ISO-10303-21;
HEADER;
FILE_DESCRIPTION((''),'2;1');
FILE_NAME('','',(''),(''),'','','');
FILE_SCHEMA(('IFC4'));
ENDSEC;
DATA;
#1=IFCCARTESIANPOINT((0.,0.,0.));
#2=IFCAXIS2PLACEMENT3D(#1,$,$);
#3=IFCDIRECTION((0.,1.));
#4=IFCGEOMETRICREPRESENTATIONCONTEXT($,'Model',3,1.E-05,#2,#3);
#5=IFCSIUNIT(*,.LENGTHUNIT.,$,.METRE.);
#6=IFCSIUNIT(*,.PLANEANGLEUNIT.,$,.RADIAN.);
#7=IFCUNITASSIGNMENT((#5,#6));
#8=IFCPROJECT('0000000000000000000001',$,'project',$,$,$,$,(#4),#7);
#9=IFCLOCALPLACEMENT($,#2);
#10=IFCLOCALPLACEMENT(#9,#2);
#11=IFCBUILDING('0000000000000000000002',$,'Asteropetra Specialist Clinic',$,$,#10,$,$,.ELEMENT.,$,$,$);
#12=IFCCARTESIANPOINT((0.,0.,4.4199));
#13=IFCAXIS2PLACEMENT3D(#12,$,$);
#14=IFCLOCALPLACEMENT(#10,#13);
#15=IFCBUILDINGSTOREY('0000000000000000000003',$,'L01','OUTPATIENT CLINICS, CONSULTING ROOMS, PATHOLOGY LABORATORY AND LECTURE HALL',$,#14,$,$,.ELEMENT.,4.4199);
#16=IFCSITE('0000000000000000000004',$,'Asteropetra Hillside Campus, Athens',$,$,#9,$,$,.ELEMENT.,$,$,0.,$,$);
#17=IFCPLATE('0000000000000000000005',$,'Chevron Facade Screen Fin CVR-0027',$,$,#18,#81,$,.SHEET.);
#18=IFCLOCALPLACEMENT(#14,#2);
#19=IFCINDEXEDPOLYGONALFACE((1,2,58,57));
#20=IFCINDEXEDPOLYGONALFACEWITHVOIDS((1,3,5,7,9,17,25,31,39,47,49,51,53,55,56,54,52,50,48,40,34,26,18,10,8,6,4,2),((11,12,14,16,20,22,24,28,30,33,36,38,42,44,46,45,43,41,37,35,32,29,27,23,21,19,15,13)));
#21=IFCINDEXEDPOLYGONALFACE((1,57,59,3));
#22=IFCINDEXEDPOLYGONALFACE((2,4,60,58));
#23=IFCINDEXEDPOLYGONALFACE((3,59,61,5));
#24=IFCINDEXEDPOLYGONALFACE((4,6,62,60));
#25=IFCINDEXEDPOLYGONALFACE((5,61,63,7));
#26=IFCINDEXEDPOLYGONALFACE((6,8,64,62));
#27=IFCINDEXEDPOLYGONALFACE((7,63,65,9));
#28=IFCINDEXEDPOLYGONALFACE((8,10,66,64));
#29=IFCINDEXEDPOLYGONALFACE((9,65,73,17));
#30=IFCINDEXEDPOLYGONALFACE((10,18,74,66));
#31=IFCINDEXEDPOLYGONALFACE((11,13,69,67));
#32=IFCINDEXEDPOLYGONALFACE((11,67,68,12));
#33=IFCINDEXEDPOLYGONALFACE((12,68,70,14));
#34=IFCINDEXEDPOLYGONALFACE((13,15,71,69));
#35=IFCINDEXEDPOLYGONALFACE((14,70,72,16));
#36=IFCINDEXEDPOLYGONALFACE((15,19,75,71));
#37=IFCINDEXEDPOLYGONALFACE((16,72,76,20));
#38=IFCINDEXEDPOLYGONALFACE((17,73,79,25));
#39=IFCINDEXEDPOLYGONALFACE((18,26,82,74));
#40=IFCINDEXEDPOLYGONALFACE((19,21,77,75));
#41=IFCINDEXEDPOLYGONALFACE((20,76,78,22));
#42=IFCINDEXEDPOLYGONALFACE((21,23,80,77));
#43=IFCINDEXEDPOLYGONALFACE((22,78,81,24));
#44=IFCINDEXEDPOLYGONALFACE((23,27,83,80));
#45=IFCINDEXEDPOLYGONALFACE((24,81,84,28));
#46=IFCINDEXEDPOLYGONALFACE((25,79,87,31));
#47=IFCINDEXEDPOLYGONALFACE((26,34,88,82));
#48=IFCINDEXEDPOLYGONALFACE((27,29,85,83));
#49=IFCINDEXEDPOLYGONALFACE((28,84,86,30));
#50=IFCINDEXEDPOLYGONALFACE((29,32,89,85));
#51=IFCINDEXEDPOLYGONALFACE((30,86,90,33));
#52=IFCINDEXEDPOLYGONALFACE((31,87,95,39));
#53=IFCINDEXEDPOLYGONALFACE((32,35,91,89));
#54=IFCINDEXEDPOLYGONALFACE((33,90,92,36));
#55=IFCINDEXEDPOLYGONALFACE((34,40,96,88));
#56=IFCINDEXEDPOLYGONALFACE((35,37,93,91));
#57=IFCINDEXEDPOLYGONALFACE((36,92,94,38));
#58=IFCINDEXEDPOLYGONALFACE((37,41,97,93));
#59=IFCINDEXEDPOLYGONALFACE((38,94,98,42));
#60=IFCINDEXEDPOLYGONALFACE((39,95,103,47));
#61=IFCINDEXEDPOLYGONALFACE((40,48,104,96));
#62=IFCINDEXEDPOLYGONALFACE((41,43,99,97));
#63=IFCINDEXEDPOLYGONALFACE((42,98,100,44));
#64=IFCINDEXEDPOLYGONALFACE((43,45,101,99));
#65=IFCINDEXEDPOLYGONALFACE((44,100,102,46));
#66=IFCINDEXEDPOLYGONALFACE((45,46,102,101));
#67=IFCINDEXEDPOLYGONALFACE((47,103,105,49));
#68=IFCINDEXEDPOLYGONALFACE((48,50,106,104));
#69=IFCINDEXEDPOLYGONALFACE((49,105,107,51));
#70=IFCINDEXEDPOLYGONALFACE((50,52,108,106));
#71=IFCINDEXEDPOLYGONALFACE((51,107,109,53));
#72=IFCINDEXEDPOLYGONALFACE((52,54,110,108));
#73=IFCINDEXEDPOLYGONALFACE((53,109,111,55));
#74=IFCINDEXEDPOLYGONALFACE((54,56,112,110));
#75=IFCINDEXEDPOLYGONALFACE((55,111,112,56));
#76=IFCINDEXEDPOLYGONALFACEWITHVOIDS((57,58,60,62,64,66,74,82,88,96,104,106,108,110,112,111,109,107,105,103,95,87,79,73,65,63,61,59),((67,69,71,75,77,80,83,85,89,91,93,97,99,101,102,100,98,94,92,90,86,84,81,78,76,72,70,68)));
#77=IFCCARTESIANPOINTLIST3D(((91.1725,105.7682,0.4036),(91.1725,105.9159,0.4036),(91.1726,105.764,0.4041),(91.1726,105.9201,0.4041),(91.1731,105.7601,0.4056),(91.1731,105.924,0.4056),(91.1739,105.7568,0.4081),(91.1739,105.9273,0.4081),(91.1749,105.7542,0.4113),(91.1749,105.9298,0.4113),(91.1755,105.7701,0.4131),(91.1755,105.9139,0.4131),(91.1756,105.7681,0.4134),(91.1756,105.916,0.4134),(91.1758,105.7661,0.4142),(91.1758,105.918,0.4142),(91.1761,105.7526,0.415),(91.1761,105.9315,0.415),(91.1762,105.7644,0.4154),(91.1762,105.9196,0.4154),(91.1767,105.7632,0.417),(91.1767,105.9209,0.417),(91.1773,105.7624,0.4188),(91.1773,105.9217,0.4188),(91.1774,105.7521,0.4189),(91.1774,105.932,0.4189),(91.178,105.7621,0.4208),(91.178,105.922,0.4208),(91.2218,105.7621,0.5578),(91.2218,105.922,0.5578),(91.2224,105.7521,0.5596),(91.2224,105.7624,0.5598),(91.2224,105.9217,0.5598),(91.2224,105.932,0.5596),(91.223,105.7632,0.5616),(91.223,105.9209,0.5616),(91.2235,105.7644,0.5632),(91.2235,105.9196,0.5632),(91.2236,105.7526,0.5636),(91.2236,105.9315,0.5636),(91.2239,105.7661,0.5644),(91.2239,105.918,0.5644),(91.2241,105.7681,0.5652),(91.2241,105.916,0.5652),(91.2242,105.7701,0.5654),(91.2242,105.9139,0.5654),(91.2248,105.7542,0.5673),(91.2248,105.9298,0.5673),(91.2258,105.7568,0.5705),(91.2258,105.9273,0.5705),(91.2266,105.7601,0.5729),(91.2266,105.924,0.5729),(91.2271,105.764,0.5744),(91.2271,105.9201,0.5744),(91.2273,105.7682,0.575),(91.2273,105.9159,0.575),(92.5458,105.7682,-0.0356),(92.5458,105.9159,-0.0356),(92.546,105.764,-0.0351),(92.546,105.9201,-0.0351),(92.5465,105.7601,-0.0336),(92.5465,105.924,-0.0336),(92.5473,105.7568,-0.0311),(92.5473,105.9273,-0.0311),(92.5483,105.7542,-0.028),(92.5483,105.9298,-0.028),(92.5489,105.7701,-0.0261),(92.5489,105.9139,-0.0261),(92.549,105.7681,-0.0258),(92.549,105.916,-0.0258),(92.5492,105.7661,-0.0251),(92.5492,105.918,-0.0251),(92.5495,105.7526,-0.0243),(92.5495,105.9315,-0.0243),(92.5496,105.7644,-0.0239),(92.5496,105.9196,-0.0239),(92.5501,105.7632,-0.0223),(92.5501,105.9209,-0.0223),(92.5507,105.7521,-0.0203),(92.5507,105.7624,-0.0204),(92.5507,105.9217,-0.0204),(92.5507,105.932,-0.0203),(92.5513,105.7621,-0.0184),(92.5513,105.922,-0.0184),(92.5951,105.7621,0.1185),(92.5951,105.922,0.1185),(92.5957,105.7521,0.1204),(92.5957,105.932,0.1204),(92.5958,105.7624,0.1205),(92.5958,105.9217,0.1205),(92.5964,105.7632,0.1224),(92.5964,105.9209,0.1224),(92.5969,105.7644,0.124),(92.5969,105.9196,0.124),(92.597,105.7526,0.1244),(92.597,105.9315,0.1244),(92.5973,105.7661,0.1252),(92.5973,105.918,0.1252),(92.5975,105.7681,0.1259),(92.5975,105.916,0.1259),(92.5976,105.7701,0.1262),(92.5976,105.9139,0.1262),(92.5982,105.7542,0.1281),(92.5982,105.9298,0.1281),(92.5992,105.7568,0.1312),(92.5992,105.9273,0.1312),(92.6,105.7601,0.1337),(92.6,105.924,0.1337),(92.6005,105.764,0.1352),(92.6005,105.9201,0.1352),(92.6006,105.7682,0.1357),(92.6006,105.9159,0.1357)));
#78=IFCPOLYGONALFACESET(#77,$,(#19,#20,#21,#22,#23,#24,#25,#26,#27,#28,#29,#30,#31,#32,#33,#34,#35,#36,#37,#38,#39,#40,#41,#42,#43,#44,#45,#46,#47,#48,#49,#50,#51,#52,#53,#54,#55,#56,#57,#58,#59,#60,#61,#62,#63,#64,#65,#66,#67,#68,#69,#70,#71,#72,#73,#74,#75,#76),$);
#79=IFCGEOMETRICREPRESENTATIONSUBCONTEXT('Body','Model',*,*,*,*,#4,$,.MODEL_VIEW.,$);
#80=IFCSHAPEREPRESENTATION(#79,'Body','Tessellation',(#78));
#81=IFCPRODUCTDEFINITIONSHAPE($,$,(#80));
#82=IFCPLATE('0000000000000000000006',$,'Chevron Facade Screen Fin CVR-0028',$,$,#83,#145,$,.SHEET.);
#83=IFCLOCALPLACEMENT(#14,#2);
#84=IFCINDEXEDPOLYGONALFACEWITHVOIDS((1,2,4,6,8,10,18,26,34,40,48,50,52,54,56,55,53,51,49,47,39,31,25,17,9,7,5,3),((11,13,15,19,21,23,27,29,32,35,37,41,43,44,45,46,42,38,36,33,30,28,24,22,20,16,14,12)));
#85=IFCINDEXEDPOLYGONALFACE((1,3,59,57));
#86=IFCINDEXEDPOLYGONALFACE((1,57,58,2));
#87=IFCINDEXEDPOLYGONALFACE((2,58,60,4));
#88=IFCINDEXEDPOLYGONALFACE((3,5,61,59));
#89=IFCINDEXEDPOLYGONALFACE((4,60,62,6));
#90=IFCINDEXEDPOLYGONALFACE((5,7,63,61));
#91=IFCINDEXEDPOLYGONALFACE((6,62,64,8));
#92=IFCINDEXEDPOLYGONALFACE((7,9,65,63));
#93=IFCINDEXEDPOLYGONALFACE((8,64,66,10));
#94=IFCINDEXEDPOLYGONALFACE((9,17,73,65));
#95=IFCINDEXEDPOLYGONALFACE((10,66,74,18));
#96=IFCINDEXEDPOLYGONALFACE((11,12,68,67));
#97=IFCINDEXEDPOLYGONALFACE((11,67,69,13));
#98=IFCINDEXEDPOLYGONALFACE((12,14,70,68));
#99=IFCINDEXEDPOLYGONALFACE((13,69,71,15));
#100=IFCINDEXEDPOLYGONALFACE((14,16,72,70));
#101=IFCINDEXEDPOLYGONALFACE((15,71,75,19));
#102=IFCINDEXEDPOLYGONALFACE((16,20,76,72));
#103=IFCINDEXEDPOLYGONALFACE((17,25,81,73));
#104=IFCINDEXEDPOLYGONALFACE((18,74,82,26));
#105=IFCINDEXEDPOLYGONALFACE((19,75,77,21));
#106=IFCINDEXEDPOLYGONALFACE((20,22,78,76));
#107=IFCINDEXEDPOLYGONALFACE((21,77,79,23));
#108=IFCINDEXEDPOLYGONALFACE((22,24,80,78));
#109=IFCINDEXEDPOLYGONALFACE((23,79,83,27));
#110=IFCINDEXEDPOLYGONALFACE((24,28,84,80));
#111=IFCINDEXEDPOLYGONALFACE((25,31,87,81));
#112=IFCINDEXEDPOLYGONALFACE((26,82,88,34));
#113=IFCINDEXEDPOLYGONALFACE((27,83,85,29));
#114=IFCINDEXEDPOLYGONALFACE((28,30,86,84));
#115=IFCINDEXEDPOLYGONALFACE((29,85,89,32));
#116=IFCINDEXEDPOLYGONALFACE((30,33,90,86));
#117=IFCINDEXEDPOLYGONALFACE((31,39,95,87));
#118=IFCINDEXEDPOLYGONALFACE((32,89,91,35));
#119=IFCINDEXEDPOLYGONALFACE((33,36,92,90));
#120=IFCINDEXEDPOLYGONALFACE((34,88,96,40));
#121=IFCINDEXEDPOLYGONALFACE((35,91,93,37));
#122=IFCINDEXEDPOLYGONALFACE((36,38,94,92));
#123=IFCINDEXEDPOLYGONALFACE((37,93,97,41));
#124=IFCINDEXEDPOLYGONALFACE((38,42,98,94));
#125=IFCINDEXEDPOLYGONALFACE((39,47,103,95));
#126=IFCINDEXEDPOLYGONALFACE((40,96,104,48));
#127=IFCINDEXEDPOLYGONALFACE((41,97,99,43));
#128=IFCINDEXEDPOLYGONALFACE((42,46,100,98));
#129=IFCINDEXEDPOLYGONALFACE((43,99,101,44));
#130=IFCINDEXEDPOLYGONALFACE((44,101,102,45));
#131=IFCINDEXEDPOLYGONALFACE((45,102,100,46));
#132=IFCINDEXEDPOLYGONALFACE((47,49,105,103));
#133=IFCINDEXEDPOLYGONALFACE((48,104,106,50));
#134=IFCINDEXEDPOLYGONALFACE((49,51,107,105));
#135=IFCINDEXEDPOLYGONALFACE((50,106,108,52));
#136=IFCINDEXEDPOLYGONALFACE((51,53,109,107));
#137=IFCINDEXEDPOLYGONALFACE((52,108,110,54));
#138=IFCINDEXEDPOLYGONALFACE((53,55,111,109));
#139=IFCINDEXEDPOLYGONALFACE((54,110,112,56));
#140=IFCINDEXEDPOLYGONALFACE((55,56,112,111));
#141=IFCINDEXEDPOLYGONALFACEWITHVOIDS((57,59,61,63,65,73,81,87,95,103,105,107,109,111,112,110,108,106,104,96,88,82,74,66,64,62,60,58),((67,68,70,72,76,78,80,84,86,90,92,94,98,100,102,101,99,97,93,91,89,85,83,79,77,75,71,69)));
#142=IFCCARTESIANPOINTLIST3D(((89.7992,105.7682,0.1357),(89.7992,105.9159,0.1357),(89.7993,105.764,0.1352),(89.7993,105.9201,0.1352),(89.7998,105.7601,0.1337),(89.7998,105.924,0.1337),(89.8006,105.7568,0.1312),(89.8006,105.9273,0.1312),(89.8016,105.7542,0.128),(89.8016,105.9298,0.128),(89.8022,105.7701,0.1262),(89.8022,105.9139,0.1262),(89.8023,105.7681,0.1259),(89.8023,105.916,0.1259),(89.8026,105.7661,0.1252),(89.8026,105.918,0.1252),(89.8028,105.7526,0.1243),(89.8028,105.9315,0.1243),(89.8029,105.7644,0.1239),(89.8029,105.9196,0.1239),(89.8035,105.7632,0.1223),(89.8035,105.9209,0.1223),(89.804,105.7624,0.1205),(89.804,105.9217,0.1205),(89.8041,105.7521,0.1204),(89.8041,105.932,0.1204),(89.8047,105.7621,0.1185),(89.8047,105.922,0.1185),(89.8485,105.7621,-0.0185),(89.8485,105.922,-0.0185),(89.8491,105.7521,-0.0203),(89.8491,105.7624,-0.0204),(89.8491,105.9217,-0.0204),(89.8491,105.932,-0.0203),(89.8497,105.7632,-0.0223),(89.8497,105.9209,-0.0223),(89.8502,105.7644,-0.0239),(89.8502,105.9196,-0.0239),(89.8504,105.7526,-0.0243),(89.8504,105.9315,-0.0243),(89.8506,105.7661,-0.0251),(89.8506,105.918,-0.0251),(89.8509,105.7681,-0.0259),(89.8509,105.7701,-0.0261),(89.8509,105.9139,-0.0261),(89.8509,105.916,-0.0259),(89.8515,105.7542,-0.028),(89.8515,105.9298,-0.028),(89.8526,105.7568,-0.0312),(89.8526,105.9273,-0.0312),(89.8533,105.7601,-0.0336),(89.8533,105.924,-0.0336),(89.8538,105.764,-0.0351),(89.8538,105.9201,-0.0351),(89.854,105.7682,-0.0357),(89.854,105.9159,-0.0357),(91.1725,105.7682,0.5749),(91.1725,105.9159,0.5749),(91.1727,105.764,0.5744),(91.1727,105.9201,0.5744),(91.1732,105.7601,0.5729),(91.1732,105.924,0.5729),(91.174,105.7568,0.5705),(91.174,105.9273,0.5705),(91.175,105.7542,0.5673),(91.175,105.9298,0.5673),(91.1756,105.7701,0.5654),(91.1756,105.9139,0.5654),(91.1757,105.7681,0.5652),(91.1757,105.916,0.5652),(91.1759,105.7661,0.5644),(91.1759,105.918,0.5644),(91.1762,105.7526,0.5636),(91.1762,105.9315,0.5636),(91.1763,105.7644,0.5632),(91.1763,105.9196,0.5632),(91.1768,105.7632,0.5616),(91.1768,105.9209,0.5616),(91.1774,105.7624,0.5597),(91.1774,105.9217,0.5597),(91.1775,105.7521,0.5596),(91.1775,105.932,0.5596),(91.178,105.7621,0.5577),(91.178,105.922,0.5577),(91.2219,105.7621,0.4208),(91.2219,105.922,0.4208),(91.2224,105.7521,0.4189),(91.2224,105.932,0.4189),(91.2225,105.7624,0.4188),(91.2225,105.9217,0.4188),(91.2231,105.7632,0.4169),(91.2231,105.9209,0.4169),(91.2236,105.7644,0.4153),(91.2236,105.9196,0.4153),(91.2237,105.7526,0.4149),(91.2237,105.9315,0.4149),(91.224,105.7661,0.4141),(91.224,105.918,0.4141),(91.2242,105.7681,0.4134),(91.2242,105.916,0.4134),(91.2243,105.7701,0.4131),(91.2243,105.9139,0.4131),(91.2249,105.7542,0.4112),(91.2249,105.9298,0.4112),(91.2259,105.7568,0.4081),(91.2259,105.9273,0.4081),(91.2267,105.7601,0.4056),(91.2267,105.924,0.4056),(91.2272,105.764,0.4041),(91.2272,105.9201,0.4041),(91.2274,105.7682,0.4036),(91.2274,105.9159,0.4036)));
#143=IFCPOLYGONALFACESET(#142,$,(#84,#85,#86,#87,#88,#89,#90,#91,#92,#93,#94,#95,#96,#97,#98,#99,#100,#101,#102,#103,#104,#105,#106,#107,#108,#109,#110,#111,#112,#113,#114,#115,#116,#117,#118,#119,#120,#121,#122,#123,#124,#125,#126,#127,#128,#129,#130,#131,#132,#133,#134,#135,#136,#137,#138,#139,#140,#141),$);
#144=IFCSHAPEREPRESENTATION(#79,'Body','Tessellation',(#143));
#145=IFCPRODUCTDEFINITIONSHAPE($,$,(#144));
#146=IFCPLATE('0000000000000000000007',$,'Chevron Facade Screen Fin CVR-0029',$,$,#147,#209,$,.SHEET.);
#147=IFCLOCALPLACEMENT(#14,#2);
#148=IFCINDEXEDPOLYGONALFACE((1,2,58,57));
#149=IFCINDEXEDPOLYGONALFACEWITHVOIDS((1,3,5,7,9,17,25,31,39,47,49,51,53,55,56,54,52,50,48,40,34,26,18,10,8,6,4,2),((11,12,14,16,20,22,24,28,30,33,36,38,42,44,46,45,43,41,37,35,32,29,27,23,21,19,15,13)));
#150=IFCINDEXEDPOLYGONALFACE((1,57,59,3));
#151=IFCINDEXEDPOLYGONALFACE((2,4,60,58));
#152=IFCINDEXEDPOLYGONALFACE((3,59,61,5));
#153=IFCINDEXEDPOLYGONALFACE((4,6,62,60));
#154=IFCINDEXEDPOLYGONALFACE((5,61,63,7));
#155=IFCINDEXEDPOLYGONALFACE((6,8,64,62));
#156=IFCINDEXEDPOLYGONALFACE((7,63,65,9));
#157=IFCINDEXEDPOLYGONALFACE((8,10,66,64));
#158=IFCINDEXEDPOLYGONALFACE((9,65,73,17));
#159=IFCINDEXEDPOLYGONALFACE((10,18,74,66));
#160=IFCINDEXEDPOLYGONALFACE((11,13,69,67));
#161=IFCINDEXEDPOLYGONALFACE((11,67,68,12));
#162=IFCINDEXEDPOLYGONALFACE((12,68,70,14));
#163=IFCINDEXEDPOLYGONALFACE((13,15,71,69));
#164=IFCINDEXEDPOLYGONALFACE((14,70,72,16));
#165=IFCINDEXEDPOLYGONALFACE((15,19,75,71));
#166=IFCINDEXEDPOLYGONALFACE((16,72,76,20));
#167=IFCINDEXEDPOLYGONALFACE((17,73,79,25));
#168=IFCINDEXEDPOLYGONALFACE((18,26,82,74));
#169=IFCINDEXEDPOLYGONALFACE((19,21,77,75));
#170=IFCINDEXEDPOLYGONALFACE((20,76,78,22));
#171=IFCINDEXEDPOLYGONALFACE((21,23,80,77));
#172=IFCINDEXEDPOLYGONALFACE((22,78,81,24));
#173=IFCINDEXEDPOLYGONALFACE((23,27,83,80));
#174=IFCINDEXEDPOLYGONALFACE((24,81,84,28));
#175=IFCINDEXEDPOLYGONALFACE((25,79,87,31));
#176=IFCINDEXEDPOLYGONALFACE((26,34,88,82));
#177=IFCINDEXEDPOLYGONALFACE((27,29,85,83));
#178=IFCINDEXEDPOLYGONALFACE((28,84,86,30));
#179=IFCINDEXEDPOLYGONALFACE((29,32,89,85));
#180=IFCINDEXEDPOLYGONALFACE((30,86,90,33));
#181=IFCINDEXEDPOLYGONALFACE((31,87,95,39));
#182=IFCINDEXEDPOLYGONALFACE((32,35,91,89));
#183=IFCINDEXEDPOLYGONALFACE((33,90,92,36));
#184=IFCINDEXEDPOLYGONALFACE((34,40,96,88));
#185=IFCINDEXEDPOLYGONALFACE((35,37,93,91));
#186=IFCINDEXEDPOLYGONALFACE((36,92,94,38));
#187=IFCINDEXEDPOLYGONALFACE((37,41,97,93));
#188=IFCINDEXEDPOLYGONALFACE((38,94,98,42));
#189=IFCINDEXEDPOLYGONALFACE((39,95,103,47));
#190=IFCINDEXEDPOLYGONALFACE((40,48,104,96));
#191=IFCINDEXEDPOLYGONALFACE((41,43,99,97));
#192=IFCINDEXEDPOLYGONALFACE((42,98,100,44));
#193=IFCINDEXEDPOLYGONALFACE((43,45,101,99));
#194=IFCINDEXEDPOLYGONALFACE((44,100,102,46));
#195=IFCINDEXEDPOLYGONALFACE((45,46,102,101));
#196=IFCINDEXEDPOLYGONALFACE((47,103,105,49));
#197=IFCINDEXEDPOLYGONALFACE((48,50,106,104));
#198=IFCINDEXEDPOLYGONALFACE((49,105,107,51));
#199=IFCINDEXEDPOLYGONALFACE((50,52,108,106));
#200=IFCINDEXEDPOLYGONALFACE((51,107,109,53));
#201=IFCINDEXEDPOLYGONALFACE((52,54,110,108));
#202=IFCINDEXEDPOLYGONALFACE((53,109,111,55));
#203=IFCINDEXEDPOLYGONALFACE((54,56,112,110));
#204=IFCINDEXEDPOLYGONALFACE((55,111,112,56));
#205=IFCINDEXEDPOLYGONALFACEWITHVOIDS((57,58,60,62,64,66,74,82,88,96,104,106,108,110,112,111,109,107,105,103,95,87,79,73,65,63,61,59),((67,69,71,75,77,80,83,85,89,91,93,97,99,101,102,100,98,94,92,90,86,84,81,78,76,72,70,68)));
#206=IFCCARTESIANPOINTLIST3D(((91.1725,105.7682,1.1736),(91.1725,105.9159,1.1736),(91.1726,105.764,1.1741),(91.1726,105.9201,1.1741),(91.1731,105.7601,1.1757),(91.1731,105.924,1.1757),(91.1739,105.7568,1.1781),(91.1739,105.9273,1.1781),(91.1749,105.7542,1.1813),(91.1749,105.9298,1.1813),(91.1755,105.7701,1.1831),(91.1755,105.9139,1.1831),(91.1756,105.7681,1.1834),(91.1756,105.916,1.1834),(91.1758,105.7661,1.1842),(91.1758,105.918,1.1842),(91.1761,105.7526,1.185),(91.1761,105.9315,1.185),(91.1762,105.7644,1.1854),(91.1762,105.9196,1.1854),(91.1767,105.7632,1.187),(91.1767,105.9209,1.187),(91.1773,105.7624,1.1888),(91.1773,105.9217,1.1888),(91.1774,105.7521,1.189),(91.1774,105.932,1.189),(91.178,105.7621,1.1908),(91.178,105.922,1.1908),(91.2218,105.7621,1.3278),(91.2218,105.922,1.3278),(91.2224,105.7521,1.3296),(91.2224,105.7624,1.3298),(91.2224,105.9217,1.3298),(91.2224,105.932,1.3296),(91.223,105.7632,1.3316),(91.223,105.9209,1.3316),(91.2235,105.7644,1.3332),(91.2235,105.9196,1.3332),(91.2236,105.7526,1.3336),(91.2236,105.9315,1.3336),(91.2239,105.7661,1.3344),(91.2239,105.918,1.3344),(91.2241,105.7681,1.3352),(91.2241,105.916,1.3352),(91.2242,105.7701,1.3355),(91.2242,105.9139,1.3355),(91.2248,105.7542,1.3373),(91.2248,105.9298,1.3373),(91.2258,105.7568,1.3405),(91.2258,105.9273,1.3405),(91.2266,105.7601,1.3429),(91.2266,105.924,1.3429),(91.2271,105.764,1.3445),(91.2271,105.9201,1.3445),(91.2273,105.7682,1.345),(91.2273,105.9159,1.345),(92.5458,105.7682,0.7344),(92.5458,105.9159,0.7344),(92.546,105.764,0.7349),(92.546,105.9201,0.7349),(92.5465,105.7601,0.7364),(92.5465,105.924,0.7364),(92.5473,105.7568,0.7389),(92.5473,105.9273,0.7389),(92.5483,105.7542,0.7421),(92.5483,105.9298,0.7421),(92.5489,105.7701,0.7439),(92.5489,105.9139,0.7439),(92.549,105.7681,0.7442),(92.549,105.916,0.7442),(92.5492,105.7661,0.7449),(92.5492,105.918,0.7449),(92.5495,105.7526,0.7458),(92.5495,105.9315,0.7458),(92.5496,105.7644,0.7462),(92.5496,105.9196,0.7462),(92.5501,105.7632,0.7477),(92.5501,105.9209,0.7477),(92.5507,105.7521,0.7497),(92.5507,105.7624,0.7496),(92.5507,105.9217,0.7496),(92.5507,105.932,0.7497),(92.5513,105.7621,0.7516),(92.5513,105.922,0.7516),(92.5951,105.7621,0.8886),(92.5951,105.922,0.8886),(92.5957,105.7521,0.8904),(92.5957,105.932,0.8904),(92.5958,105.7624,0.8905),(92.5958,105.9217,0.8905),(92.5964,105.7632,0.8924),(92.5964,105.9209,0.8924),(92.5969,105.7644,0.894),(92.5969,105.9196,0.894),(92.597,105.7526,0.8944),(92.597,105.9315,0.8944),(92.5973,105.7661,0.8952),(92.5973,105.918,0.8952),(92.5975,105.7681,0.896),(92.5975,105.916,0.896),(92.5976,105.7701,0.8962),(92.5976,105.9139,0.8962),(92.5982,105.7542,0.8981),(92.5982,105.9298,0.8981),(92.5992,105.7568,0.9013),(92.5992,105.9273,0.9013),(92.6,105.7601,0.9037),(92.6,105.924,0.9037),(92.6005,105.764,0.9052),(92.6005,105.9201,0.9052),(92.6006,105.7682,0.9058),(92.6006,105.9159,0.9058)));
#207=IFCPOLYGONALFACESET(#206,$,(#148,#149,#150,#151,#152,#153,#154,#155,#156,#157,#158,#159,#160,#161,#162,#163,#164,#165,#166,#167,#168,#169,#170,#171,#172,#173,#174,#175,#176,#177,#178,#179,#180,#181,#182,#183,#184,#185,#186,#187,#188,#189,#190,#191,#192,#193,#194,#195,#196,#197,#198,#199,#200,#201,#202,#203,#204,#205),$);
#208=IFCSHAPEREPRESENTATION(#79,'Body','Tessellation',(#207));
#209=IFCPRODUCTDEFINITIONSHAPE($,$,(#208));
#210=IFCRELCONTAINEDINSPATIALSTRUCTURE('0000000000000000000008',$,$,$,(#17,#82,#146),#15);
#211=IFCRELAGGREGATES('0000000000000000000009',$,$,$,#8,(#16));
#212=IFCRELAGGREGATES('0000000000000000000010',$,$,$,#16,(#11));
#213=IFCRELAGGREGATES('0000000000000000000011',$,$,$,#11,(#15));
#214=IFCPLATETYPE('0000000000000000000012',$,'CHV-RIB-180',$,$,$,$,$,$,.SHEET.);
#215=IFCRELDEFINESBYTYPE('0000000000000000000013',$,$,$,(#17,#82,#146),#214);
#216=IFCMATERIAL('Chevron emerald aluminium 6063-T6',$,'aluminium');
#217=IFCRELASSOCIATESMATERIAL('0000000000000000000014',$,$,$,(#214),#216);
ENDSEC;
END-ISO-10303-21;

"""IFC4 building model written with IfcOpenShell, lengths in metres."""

from ifc_helpers import new_model, si_unit, direction, frame, origin, origin_2d, place, context, subcontext, project, spatial, hollow_rectangle, extrude, material, material_profile, profile_set, type_object, element, save


model = new_model("IFC4")

# Units and contexts
model_context = context("Model", 3, precision=1e-05, world=origin(), true_north=direction((0.0, 1.0)))
body_context = subcontext(model_context, "Body", "Model", "MODEL_VIEW")
ifc_project = project(units=[si_unit("LENGTHUNIT", "METRE"), si_unit("PLANEANGLEUNIT", "RADIAN")], contexts=[model_context])

# Site, building, storey
site_placement = place(None, origin())
site = spatial("IfcSite", under=ifc_project, at=site_placement, Name="Asteropetra Hillside Campus, Athens", CompositionType="ELEMENT", RefElevation=0.0)
building_placement = place(site_placement, origin())
building = spatial("IfcBuilding", under=site, at=building_placement, Name="Asteropetra Specialist Clinic", CompositionType="ELEMENT")
storey_placement = place(building_placement, frame((0.0, 0.0, 4.4199)))
storey = spatial("IfcBuildingStorey", under=building, at=storey_placement, Name="L01", Description="OUTPATIENT CLINICS, CONSULTING ROOMS, PATHOLOGY LABORATORY AND LECTURE HALL", CompositionType="ELEMENT", Elevation=4.4199)

# Plates
ifc_material_1 = material(Name="Chevron emerald aluminium 6063-T6", Category="aluminium")
ifc_material_profile = material_profile(ifc_material_1, hollow_rectangle(XDim=0.1799, YDim=0.1799, WallThickness=0.01, InnerFilletRadius=0.0081, OuterFilletRadius=0.0161, at=origin_2d()), Name="SHS 180x180x10.0")
ifc_profile_set = profile_set([ifc_material_profile], Name="Chevron emerald aluminium 6063-T6")
plate_type = type_object("IfcPlateType", Name="CHV-RIB-180", PredefinedType="SHEET", material=ifc_profile_set)
for number, where, z_axis, x_axis, name in (
    (1, (92.5732, 105.842, 0.05), (-0.952473, 0.0, 0.304622), (0.0, -1.0, 0.0), "Chevron Facade Screen Fin CVR-0027"),
    (2, (91.2, 105.842, 0.4893), (-0.952473, 0.0, -0.304622), (0.0, -1.0, 0.0), "Chevron Facade Screen Fin CVR-0028"),
    (3, (92.5732, 105.842, 0.8201), (-0.952473, 0.0, 0.304622), (0.0, -1.0, 0.0), "Chevron Facade Screen Fin CVR-0029"),
):
    element("IfcPlate", number, at=place(storey_placement, frame(where, z_axis=z_axis, x_axis=x_axis)), inside=storey, type_object=plate_type, Name=name, PredefinedType="SHEET", context=body_context, shape_type="SweptSolid", body=[
        extrude(hollow_rectangle(XDim=0.1799, YDim=0.1799, WallThickness=0.01, InnerFilletRadius=0.0081, OuterFilletRadius=0.0161, at=origin_2d()), origin(), (0.0, 0.0, 1.0), 1.4419),
    ])

save(model, "model.ifc")
